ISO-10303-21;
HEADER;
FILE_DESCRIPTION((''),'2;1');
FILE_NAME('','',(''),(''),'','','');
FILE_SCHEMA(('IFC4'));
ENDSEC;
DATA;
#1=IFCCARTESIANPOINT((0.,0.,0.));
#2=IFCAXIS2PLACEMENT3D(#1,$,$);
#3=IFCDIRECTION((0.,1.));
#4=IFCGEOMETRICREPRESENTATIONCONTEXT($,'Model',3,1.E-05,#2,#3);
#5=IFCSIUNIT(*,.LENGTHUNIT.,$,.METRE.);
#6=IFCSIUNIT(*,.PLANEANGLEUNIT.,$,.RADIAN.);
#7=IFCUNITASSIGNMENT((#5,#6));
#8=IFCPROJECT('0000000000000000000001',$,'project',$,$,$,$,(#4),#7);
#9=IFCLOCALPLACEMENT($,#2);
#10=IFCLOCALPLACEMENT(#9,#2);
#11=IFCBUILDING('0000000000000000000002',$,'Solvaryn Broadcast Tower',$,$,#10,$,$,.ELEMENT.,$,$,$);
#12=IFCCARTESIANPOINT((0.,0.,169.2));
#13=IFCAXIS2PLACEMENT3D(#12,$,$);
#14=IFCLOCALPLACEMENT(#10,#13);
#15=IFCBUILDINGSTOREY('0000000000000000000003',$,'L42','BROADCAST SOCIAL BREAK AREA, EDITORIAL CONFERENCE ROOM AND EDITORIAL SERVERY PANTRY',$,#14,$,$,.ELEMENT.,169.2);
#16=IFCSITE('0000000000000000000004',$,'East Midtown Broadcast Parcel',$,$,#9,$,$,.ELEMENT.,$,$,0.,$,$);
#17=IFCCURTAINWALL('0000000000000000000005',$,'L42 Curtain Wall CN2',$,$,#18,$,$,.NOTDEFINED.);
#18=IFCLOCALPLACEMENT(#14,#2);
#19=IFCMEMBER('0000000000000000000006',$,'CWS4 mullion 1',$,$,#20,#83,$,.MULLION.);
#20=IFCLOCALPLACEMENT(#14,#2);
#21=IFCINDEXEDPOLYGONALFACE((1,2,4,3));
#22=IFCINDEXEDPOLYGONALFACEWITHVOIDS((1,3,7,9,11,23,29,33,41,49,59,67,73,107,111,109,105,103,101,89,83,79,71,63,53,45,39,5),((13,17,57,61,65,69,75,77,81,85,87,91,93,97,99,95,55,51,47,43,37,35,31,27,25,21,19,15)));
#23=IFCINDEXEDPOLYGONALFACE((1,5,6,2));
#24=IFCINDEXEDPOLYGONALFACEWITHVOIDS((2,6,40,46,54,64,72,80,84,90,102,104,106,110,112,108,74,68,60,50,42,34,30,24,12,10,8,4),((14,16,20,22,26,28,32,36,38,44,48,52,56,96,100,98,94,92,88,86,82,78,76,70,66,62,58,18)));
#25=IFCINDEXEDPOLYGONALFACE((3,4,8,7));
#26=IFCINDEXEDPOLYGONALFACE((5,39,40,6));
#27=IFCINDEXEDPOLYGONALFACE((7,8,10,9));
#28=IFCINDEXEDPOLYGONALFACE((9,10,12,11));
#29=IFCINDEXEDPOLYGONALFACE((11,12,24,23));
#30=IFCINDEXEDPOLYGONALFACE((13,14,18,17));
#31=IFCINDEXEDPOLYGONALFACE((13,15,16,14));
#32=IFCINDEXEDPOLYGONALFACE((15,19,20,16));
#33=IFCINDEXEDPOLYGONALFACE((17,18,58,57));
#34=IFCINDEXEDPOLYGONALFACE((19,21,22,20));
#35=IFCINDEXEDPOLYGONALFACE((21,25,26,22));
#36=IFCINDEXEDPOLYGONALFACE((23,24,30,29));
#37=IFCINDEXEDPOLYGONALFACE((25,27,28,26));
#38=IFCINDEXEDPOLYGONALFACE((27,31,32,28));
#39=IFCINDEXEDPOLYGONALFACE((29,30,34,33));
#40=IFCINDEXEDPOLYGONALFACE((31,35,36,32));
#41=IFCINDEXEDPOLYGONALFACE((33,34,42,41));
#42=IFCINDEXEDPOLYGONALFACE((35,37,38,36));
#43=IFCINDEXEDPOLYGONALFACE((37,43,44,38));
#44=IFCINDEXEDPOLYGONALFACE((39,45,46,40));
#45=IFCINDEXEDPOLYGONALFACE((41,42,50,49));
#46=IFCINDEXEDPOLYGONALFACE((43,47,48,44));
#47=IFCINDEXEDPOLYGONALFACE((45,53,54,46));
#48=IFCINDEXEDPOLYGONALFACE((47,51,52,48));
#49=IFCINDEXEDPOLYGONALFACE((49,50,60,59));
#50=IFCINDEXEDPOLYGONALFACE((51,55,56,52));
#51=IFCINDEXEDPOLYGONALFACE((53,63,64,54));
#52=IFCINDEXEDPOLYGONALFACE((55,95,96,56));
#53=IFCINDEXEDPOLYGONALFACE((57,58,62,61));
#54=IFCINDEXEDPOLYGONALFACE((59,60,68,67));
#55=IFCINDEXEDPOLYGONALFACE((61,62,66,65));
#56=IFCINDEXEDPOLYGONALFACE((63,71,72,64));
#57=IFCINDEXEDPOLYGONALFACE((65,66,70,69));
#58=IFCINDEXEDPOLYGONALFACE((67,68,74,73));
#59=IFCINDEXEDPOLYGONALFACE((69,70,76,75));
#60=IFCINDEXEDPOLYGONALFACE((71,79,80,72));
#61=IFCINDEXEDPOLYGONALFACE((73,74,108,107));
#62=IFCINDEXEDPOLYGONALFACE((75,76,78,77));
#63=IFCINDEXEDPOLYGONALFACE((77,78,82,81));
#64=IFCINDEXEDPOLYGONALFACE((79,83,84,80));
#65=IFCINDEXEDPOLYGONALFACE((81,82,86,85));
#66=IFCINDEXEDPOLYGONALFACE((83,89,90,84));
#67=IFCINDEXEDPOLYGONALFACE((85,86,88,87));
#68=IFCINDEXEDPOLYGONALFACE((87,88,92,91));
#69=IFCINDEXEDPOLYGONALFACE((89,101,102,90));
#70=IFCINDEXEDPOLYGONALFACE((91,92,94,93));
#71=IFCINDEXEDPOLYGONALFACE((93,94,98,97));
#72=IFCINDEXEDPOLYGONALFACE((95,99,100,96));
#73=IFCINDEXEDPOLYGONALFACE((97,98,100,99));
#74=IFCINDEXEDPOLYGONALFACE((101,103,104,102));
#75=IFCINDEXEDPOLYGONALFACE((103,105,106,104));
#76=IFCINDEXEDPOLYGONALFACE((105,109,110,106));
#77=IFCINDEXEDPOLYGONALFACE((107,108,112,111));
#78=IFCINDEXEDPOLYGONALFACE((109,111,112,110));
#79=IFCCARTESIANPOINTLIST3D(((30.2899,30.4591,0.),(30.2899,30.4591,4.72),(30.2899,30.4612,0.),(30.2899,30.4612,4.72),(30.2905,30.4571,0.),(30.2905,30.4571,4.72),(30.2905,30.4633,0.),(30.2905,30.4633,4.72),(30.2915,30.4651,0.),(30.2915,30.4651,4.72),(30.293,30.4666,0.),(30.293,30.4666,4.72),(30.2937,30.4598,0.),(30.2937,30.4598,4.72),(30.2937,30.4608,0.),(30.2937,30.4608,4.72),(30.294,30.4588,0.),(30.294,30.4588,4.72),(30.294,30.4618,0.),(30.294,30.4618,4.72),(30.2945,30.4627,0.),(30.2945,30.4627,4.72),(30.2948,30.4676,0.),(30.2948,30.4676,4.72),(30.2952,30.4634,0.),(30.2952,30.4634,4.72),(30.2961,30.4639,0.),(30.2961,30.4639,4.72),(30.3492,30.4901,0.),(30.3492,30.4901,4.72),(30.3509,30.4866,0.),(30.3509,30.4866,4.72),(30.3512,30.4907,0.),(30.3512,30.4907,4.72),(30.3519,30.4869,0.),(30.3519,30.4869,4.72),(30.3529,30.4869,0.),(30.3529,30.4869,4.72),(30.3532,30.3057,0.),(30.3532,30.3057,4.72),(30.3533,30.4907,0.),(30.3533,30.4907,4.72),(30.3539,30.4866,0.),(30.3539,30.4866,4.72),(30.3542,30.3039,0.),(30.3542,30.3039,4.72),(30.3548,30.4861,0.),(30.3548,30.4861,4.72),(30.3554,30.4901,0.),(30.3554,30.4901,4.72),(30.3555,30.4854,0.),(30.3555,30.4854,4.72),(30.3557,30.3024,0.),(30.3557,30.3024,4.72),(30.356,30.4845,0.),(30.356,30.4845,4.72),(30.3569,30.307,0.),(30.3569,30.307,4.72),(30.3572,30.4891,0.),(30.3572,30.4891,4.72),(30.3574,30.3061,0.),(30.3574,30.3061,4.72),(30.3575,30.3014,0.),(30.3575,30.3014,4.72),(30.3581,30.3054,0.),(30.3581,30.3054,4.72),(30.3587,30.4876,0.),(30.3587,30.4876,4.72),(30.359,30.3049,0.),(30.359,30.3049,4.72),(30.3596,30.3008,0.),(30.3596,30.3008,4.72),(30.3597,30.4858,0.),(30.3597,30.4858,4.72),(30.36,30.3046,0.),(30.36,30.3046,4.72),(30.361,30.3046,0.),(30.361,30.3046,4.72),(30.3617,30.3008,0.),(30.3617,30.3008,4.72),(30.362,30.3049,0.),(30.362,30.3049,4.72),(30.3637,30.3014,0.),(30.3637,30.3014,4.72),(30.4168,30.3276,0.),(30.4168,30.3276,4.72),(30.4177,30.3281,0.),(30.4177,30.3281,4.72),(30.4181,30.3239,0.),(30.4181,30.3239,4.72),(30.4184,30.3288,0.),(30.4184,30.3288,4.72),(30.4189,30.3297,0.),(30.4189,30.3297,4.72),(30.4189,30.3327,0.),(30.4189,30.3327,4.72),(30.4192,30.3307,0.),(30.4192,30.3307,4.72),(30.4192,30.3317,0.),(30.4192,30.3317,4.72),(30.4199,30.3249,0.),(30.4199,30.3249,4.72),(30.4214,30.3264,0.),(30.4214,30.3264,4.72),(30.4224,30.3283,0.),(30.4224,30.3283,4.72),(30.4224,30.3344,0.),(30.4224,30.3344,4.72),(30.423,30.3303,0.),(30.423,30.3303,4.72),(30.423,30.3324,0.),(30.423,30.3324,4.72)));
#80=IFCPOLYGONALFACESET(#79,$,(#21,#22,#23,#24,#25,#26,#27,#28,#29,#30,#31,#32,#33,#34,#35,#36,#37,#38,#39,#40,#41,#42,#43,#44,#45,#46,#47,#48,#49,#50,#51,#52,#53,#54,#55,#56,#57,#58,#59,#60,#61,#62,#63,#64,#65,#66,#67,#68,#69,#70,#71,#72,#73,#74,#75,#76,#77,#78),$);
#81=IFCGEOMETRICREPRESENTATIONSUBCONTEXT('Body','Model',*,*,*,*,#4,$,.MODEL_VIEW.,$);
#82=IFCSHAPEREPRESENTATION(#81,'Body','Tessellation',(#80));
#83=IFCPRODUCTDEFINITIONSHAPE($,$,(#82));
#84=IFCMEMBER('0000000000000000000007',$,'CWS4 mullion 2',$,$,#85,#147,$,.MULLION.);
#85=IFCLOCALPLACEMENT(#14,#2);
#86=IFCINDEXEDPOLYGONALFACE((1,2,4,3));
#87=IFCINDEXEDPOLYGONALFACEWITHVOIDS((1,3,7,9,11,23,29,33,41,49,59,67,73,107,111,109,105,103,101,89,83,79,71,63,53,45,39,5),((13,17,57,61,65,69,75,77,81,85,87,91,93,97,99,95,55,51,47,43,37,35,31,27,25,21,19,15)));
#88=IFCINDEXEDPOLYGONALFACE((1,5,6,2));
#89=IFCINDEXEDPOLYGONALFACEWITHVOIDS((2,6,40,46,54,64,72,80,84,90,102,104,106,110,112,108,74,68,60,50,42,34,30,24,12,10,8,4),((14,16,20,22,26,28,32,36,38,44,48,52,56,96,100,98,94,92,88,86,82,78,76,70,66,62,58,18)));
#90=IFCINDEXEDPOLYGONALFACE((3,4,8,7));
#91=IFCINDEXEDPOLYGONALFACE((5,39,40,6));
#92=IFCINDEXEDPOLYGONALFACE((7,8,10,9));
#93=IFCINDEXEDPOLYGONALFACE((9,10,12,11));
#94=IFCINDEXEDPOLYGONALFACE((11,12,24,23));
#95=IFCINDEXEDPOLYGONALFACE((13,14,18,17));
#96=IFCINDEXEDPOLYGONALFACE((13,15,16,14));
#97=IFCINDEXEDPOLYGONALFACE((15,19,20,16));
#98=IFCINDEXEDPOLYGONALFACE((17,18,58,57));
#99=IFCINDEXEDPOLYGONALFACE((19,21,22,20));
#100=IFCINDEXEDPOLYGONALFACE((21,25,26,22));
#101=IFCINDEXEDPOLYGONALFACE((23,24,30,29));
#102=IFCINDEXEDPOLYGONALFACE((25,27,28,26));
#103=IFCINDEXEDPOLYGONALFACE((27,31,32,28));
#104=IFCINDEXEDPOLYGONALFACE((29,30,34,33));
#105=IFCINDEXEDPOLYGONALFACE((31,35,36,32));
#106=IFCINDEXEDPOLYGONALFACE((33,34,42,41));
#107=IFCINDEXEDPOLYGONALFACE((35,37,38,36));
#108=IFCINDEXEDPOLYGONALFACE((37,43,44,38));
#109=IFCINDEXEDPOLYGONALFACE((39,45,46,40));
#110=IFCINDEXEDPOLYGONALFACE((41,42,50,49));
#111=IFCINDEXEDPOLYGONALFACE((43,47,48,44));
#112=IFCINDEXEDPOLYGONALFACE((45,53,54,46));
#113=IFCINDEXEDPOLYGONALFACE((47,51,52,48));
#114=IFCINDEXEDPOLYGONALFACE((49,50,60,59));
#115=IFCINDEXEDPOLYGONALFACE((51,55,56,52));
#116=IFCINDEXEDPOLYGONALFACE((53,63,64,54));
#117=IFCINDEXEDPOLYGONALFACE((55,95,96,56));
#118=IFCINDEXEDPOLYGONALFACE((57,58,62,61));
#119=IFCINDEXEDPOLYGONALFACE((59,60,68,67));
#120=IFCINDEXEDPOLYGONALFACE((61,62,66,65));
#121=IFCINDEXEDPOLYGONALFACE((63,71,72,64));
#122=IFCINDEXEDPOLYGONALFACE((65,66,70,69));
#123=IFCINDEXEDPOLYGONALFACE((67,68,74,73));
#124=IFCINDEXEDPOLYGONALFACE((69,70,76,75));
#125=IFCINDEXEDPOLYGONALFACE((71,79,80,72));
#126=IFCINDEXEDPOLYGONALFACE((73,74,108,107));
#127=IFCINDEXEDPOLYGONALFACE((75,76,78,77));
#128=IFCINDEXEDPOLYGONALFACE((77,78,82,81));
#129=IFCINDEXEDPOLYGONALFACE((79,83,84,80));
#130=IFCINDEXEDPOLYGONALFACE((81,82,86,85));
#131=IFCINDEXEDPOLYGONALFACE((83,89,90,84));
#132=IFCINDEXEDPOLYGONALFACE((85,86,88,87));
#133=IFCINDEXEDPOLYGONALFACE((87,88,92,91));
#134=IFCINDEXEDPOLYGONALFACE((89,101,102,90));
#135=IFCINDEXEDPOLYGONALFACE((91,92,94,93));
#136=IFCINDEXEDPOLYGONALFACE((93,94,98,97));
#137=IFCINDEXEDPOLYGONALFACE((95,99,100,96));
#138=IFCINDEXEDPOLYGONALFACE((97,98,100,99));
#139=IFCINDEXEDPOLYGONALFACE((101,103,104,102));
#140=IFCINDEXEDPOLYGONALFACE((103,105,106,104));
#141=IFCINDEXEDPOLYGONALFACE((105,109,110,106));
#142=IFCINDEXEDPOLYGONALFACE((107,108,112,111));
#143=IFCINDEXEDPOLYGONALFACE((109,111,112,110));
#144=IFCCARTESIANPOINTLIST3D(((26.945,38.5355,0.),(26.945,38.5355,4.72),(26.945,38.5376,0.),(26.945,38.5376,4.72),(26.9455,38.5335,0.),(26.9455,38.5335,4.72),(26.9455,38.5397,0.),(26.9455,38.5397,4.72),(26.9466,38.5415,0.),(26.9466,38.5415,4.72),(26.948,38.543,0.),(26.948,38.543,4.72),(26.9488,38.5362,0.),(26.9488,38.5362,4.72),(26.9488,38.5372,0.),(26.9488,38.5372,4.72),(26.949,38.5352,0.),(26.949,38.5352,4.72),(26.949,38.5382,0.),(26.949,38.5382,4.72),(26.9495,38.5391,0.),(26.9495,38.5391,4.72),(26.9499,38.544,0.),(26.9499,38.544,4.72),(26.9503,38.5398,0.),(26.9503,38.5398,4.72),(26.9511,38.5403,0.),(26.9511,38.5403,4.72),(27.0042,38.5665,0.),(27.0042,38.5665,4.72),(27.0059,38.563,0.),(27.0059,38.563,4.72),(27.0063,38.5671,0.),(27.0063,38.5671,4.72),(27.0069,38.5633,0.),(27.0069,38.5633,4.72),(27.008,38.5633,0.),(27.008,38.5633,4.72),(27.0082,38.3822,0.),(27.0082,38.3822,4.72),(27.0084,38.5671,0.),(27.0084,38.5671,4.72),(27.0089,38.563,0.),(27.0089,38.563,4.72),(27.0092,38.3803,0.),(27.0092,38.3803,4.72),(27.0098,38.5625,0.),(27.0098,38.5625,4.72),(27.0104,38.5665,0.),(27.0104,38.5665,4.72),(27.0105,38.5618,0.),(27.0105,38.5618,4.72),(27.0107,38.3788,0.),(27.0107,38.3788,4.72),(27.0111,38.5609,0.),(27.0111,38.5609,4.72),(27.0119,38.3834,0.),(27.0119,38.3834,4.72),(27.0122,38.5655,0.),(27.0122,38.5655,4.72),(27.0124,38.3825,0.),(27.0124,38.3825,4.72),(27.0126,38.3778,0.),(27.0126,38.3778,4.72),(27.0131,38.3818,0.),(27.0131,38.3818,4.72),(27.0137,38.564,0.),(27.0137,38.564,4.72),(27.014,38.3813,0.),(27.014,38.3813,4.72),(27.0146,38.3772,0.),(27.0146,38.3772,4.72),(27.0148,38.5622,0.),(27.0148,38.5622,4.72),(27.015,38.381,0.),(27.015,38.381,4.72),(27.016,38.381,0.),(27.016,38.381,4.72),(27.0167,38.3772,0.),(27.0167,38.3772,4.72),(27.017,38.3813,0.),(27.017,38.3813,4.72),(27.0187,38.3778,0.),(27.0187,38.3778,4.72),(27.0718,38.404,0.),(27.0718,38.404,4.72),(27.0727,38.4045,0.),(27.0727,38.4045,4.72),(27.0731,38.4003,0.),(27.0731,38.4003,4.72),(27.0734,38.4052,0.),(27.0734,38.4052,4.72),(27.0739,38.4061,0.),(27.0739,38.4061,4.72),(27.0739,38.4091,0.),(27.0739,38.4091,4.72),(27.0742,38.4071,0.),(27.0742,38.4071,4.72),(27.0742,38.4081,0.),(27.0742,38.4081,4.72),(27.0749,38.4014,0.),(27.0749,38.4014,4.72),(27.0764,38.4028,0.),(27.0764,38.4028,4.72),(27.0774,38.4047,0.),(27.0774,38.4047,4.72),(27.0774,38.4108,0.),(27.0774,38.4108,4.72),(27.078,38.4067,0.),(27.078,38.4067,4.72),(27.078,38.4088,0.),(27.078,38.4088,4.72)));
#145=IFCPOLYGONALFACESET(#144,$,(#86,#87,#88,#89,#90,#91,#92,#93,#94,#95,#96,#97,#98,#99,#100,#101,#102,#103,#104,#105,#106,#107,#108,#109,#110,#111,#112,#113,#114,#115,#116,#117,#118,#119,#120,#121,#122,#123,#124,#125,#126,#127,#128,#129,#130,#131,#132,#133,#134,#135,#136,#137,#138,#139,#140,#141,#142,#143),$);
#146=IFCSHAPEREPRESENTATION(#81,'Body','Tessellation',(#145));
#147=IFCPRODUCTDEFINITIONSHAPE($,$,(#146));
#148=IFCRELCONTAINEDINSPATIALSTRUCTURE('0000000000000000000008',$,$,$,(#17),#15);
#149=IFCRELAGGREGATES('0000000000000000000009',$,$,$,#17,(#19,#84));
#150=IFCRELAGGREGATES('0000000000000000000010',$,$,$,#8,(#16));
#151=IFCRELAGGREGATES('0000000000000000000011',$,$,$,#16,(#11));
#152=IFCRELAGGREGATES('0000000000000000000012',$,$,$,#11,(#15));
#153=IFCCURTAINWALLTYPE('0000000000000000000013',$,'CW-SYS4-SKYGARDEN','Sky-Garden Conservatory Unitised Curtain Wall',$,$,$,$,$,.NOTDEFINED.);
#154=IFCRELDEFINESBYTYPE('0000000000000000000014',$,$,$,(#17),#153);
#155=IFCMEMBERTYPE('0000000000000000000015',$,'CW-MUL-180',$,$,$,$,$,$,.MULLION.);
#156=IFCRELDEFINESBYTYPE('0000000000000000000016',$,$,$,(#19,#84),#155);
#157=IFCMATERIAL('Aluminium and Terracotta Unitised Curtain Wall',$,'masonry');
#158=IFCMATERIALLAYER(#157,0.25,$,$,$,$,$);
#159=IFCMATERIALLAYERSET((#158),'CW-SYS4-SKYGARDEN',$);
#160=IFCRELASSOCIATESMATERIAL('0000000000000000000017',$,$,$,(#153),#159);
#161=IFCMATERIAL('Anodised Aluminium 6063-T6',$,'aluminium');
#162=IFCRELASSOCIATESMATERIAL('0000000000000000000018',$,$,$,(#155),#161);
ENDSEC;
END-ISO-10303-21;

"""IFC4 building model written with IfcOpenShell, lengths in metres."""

from ifc_helpers import new_model, si_unit, direction, frame, origin, origin_2d, place, context, subcontext, project, spatial, hollow_rectangle, extrude, material, layer, layer_set, material_profile, profile_set, type_object, element, aggregate, save


model = new_model("IFC4")

# Units and contexts
model_context = context("Model", 3, precision=1e-05, world=origin(), true_north=direction((0.0, 1.0)))
body_context = subcontext(model_context, "Body", "Model", "MODEL_VIEW")
ifc_project = project(units=[si_unit("LENGTHUNIT", "METRE"), si_unit("PLANEANGLEUNIT", "RADIAN")], contexts=[model_context])

# Site, building, storey
site_placement = place(None, origin())
site = spatial("IfcSite", under=ifc_project, at=site_placement, Name="East Midtown Broadcast Parcel", CompositionType="ELEMENT", RefElevation=0.0)
building_placement = place(site_placement, origin())
building = spatial("IfcBuilding", under=site, at=building_placement, Name="Solvaryn Broadcast Tower", CompositionType="ELEMENT")
storey_placement = place(building_placement, frame((0.0, 0.0, 169.2)))
storey = spatial("IfcBuildingStorey", under=building, at=storey_placement, Name="L42", Description="BROADCAST SOCIAL BREAK AREA, EDITORIAL CONFERENCE ROOM AND EDITORIAL SERVERY PANTRY", CompositionType="ELEMENT", Elevation=169.2)

# Shared definitions
ifc_material_1 = material(Name="Aluminium and Terracotta Unitised Curtain Wall", Category="masonry")
ifc_layer_1 = layer(ifc_material_1, 0.25)
ifc_layer_set_1 = layer_set([ifc_layer_1], Name="CW-SYS4-SKYGARDEN")
curtain_wall_type = type_object("IfcCurtainWallType", Name="CW-SYS4-SKYGARDEN", Description="Sky-Garden Conservatory Unitised Curtain Wall", PredefinedType="NOTDEFINED", material=ifc_layer_set_1)
ifc_material_2 = material(Name="Anodised Aluminium 6063-T6", Category="aluminium")
ifc_material_profile_1 = material_profile(ifc_material_2, hollow_rectangle(XDim=0.075, YDim=0.1799, WallThickness=0.0039, InnerFilletRadius=0.0039, OuterFilletRadius=0.0081, at=origin_2d()))
ifc_profile_set_1 = profile_set([ifc_material_profile_1], Name="Anodised Aluminium 6063-T6")
member_type_1 = type_object("IfcMemberType", Name="CW-MUL-180", PredefinedType="MULLION", material=ifc_profile_set_1)

# Curtain wall, members
curtain_wall_1_placement = place(storey_placement, origin())
curtain_wall_1 = element("IfcCurtainWall", 1, at=curtain_wall_1_placement, inside=storey, type_object=curtain_wall_type, Name="L42 Curtain Wall CN2", PredefinedType="NOTDEFINED")
member_1_placement = place(storey_placement, frame((30.3564, 30.3958, 0.0), z_axis=(0.0, 0.0, 1.0), x_axis=(-0.923895, -0.382646, 0.0)))
member_1 = element("IfcMember", 2, at=member_1_placement, type_object=member_type_1, Name="CWS4 mullion 1", PredefinedType="MULLION", context=body_context, shape_type="SweptSolid", body=[
    extrude(hollow_rectangle(XDim=0.075, YDim=0.1799, WallThickness=0.0039, InnerFilletRadius=0.0039, OuterFilletRadius=0.0081, at=origin_2d()), origin(), (0.0, 0.0, 1.0), 4.72),
])
member_2_placement = place(storey_placement, frame((27.0115, 38.4722, 0.0), z_axis=(0.0, 0.0, 1.0), x_axis=(-0.923895, -0.382646, 0.0)))
member_2 = element("IfcMember", 3, at=member_2_placement, type_object=member_type_1, Name="CWS4 mullion 2", PredefinedType="MULLION", context=body_context, shape_type="SweptSolid", body=[
    extrude(hollow_rectangle(XDim=0.075, YDim=0.1799, WallThickness=0.0039, InnerFilletRadius=0.0039, OuterFilletRadius=0.0081, at=origin_2d()), origin(), (0.0, 0.0, 1.0), 4.72),
])
aggregate(curtain_wall_1, [member_1, member_2])

save(model, "model.ifc")
